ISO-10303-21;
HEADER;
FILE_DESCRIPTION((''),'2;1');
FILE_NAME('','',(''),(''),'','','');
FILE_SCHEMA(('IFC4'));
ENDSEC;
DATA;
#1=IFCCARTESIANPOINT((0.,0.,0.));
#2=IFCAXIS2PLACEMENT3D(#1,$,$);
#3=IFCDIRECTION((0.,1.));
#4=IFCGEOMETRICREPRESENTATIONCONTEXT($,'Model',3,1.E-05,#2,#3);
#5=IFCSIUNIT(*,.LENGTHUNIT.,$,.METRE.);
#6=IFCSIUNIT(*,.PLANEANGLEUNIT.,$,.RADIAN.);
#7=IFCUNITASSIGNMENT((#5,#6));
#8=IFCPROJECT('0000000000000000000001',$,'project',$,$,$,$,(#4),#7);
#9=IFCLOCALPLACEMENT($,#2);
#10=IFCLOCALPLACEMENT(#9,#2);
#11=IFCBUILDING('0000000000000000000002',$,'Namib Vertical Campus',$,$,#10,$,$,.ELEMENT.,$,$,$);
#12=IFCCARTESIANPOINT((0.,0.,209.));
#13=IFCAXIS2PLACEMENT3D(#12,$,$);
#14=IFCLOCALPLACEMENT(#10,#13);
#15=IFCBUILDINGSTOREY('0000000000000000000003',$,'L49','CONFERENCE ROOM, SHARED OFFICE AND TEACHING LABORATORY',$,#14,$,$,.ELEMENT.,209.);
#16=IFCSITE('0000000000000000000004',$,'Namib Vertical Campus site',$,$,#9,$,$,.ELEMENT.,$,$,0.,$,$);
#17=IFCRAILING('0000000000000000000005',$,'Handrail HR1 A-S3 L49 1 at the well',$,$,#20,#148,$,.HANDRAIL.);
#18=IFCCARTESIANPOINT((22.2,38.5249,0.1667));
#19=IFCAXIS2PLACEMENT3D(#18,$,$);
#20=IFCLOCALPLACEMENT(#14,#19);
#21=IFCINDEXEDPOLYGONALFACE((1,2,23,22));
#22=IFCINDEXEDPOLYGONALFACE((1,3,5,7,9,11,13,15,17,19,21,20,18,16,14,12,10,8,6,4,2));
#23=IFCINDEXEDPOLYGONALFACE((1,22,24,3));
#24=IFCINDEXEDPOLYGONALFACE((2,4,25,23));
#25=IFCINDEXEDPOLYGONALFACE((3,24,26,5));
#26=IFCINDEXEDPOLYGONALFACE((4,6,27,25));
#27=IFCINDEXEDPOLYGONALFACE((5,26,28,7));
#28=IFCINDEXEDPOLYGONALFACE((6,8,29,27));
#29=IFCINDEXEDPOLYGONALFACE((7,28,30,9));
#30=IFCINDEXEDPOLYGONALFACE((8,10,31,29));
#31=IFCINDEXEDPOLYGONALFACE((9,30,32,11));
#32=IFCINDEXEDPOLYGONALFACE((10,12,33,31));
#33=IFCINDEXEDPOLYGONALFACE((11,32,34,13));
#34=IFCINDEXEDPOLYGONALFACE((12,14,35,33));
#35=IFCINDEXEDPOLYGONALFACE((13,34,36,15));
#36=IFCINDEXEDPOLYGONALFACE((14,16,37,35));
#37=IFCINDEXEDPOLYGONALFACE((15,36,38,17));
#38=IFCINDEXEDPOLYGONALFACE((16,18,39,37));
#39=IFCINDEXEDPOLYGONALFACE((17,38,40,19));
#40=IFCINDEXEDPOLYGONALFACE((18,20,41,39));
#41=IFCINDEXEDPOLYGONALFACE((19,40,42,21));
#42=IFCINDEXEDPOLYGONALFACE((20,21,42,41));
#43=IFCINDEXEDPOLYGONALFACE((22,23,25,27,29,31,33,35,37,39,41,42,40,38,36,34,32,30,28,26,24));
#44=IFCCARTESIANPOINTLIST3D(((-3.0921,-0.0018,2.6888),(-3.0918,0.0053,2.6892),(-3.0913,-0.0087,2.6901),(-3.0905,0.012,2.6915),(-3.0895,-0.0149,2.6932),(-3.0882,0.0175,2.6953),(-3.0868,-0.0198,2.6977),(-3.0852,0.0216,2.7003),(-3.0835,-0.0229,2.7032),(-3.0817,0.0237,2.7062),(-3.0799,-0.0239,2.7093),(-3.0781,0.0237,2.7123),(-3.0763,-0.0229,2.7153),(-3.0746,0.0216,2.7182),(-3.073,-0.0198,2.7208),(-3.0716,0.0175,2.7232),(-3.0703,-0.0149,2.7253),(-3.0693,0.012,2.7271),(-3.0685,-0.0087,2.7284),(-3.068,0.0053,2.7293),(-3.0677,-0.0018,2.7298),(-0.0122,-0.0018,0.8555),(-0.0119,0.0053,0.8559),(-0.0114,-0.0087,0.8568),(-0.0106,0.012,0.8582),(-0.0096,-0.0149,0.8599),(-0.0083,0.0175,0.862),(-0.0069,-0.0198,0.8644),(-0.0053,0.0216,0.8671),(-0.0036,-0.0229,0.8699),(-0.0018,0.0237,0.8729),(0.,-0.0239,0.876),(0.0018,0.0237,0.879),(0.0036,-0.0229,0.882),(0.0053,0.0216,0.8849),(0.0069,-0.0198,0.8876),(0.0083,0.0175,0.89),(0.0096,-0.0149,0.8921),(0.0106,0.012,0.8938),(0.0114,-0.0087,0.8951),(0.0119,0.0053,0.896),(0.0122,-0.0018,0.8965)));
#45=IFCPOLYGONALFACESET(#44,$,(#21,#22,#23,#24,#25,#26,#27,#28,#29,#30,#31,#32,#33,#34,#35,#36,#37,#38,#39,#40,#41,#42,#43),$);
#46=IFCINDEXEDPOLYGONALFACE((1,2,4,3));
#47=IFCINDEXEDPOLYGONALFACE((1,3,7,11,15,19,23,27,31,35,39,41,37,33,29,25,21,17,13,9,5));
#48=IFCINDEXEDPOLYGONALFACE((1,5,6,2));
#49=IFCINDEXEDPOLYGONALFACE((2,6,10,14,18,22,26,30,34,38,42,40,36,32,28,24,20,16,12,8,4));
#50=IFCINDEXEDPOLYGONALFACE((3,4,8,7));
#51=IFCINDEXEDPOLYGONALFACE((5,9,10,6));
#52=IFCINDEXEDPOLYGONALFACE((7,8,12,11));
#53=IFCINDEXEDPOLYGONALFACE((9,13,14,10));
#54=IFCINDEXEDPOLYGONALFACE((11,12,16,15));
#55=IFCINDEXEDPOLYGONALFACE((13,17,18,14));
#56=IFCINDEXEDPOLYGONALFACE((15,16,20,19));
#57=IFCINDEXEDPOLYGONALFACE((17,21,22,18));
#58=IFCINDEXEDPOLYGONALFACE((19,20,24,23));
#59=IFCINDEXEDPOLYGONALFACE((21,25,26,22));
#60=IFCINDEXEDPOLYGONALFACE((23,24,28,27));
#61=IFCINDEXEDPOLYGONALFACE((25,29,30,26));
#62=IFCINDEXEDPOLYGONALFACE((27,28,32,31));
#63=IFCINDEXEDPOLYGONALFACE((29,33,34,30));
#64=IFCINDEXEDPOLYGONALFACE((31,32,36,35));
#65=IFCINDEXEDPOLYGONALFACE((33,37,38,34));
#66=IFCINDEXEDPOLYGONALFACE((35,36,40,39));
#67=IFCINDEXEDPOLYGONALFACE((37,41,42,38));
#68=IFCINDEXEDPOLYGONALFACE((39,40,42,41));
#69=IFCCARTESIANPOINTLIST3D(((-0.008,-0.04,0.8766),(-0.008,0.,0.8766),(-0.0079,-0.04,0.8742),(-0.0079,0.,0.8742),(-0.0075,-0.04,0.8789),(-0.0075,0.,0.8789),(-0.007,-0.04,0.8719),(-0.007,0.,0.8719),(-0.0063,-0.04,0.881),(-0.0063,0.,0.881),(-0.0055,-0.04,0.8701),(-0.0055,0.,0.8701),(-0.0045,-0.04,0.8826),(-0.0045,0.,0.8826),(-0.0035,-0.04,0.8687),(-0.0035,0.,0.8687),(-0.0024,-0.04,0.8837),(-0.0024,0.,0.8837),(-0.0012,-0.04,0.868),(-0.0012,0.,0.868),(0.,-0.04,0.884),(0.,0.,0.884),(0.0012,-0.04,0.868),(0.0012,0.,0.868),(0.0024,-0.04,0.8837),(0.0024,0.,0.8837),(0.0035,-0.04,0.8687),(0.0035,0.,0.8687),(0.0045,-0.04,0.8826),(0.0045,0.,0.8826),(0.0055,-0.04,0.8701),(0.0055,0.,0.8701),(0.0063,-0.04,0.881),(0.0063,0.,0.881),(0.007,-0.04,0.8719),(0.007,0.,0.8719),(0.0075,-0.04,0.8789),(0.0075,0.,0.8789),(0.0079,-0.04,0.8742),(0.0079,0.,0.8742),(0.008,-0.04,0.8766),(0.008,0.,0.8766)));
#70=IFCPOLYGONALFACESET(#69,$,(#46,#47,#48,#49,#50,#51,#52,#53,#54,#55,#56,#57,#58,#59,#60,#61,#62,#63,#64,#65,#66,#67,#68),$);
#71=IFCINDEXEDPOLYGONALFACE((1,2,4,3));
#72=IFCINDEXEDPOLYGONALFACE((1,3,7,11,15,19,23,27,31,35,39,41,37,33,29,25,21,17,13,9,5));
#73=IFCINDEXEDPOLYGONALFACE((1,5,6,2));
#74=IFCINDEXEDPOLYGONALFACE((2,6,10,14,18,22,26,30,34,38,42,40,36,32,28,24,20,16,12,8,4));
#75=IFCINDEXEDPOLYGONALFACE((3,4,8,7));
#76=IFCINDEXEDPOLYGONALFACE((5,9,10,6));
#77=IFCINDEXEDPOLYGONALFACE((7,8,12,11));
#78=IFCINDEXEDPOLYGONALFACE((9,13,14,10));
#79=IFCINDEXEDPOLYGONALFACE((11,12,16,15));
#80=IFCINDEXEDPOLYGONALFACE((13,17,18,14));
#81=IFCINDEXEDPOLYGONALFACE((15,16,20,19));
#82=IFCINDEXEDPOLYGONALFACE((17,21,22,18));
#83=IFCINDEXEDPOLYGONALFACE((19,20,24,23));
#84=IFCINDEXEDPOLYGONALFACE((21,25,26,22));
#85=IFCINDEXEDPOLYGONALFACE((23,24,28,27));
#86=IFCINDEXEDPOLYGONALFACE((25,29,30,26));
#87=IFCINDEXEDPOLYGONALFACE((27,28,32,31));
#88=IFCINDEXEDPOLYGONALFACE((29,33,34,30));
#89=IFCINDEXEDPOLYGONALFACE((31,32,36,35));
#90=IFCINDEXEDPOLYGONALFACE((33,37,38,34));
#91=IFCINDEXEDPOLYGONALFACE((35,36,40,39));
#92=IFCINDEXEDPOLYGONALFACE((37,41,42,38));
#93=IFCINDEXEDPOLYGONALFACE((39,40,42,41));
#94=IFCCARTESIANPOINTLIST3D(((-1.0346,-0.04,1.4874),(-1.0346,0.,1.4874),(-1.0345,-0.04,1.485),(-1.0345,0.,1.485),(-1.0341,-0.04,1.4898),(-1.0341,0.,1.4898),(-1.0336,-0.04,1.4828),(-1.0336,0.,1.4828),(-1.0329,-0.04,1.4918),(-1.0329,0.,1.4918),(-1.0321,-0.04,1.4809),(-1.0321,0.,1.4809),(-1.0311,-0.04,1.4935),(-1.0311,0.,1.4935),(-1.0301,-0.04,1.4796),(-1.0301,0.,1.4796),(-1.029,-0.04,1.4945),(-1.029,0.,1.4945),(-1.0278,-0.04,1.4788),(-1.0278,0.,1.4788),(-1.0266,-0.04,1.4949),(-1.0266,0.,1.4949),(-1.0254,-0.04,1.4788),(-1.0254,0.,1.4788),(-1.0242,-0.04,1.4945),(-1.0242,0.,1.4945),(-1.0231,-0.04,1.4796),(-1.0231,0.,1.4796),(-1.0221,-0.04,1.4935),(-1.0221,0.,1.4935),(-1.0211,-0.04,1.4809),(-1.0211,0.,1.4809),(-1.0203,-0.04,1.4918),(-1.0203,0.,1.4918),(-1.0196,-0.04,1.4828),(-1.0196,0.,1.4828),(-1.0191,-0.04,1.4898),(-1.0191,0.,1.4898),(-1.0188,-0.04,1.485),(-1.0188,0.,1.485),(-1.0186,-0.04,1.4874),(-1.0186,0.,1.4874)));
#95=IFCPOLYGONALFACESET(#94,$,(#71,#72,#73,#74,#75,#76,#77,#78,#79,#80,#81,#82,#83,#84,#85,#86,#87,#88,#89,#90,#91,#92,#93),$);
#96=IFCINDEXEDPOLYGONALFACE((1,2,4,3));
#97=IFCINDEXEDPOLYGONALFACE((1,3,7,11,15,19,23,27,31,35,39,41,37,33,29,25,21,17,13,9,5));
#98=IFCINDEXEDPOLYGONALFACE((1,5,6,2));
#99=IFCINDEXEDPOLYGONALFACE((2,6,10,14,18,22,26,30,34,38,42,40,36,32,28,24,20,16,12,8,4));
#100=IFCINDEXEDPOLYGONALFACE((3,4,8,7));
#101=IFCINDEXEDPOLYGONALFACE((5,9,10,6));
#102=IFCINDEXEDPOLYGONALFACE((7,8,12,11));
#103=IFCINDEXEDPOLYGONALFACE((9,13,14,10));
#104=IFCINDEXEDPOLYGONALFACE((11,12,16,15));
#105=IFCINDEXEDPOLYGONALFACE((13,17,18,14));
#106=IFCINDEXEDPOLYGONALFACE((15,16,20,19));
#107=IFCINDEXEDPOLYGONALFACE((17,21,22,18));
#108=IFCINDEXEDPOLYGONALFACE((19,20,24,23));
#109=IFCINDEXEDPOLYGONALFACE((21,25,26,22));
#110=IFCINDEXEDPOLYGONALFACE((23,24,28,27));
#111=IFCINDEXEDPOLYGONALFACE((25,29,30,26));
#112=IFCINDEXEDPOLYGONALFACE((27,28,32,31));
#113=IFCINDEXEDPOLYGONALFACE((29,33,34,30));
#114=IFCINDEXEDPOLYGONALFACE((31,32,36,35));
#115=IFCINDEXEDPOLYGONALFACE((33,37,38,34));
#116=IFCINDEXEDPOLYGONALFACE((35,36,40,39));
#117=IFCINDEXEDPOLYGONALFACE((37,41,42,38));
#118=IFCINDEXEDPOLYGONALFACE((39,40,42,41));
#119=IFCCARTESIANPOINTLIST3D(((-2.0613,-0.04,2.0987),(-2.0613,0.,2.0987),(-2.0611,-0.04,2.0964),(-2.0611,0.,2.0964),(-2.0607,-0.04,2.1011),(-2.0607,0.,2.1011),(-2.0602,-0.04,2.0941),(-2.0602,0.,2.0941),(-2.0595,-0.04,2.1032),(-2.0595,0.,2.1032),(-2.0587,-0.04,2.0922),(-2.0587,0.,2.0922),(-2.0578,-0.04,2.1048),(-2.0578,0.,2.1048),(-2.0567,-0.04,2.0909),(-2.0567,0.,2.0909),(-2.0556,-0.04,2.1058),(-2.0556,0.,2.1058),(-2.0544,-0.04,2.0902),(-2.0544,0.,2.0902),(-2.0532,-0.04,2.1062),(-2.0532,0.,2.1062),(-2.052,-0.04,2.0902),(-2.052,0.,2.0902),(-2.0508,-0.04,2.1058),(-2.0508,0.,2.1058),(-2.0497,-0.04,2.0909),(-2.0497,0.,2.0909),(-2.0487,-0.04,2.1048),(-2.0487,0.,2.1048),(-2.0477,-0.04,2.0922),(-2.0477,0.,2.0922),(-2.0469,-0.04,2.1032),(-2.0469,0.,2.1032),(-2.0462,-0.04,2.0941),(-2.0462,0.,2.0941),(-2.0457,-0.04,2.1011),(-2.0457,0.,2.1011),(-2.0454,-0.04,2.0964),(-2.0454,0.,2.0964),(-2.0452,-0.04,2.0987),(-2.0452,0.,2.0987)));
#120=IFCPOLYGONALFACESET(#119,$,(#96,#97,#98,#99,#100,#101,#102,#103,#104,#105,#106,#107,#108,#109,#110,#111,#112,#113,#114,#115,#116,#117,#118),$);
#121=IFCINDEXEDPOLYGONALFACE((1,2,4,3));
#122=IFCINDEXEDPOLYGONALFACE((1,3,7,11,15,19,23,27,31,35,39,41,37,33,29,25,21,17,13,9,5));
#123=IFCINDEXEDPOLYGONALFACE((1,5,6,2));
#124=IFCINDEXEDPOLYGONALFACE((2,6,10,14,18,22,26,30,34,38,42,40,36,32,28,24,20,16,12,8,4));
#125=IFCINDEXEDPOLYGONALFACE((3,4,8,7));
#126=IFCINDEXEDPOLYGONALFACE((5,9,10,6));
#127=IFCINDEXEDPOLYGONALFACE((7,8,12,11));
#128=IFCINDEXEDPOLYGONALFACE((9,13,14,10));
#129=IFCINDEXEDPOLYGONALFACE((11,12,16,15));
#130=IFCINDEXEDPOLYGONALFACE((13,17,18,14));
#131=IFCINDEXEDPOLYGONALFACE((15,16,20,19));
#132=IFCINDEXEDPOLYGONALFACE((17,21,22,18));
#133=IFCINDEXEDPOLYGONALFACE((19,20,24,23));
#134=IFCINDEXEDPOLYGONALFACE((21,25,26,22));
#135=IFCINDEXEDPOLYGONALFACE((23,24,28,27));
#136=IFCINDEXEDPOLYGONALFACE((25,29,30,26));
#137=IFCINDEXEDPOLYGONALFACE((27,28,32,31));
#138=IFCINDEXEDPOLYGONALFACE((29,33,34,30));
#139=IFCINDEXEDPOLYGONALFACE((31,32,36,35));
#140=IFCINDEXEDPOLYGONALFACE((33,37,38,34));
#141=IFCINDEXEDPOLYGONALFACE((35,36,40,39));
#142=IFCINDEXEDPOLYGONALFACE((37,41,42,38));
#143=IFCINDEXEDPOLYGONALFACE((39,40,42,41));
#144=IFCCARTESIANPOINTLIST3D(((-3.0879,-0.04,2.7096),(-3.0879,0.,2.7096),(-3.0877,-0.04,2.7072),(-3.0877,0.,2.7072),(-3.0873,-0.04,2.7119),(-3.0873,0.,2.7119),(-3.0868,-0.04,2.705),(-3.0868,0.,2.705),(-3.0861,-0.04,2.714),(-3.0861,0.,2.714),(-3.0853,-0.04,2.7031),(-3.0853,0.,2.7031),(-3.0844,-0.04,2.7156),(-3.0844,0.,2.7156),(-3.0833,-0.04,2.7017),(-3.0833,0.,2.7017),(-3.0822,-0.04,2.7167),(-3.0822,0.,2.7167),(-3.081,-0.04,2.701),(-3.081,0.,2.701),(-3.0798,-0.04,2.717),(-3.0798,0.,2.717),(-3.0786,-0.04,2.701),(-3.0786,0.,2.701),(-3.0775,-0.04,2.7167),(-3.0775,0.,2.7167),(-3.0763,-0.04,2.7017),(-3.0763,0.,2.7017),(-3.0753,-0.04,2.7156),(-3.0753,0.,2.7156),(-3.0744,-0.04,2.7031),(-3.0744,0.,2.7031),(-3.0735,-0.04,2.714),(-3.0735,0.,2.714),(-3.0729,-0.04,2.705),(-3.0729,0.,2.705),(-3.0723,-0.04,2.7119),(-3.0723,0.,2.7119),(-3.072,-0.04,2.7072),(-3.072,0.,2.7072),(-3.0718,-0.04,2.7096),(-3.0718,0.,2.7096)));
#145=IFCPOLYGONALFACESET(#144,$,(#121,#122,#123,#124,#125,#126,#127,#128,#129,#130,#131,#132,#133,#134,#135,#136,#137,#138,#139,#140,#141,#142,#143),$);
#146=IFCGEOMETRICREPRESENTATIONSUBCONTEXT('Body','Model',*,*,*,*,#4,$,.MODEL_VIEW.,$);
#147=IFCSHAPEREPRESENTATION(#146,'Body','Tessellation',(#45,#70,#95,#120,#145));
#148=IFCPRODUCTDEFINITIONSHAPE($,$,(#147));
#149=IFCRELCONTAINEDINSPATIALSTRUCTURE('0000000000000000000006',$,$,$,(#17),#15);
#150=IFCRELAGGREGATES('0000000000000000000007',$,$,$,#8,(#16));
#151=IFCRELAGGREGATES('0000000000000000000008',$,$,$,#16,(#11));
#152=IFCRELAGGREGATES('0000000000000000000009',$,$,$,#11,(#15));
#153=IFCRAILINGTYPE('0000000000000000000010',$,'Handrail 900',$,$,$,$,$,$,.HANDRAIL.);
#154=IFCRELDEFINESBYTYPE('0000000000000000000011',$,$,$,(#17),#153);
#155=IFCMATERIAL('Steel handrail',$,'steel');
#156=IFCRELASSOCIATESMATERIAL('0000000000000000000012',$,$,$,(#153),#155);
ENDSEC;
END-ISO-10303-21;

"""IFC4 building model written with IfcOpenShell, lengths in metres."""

from ifc_helpers import new_model, si_unit, direction, frame, origin, origin_2d, place, context, subcontext, project, spatial, circle, extrude, material, type_object, element, save


model = new_model("IFC4")

# Units and contexts
model_context = context("Model", 3, precision=1e-05, world=origin(), true_north=direction((0.0, 1.0)))
body_context = subcontext(model_context, "Body", "Model", "MODEL_VIEW")
ifc_project = project(units=[si_unit("LENGTHUNIT", "METRE"), si_unit("PLANEANGLEUNIT", "RADIAN")], contexts=[model_context])

# Site, building, storey
site_placement = place(None, origin())
site = spatial("IfcSite", under=ifc_project, at=site_placement, Name="Namib Vertical Campus site", CompositionType="ELEMENT", RefElevation=0.0)
building_placement = place(site_placement, origin())
building = spatial("IfcBuilding", under=site, at=building_placement, Name="Namib Vertical Campus", CompositionType="ELEMENT")
storey_placement = place(building_placement, frame((0.0, 0.0, 209.0)))
storey = spatial("IfcBuildingStorey", under=building, at=storey_placement, Name="L49", Description="CONFERENCE ROOM, SHARED OFFICE AND TEACHING LABORATORY", CompositionType="ELEMENT", Elevation=209.0)

# Railing
ifc_material_1 = material(Name="Steel handrail", Category="steel")
railing_type_1 = type_object("IfcRailingType", Name="Handrail 900", PredefinedType="HANDRAIL", material=ifc_material_1)
railing_1_placement = place(storey_placement, frame((22.2, 38.5249, 0.1667)))
element("IfcRailing", 1, at=railing_1_placement, inside=storey, type_object=railing_type_1, Name="Handrail HR1 A-S3 L49 1 at the well", PredefinedType="HANDRAIL", context=body_context, shape_type="SweptSolid", body=[
    extrude(circle(Radius=0.0239, at=origin_2d()), frame((0.0, 0.0, 0.876), z_axis=(-0.859291, 0.0, 0.511487), x_axis=(0.0, -1.0, 0.0)), (0.0, 0.0, 1.0), 3.5842),
    extrude(circle(Radius=0.0081, at=origin_2d()), frame((0.0, 0.0, 0.876), z_axis=(0.0, -1.0, 0.0), x_axis=(0.0, 0.0, 1.0)), (0.0, 0.0, 1.0), 0.04),
    extrude(circle(Radius=0.0081, at=origin_2d()), frame((-1.0266, 0.0, 1.4868), z_axis=(0.0, -1.0, 0.0), x_axis=(0.0, 0.0, 1.0)), (0.0, 0.0, 1.0), 0.04),
    extrude(circle(Radius=0.0081, at=origin_2d()), frame((-2.0532, 0.0, 2.0981), z_axis=(0.0, -1.0, 0.0), x_axis=(0.0, 0.0, 1.0)), (0.0, 0.0, 1.0), 0.04),
    extrude(circle(Radius=0.0081, at=origin_2d()), frame((-3.0798, 0.0, 2.709), z_axis=(0.0, -1.0, 0.0), x_axis=(0.0, 0.0, 1.0)), (0.0, 0.0, 1.0), 0.04),
])

save(model, "model.ifc")
